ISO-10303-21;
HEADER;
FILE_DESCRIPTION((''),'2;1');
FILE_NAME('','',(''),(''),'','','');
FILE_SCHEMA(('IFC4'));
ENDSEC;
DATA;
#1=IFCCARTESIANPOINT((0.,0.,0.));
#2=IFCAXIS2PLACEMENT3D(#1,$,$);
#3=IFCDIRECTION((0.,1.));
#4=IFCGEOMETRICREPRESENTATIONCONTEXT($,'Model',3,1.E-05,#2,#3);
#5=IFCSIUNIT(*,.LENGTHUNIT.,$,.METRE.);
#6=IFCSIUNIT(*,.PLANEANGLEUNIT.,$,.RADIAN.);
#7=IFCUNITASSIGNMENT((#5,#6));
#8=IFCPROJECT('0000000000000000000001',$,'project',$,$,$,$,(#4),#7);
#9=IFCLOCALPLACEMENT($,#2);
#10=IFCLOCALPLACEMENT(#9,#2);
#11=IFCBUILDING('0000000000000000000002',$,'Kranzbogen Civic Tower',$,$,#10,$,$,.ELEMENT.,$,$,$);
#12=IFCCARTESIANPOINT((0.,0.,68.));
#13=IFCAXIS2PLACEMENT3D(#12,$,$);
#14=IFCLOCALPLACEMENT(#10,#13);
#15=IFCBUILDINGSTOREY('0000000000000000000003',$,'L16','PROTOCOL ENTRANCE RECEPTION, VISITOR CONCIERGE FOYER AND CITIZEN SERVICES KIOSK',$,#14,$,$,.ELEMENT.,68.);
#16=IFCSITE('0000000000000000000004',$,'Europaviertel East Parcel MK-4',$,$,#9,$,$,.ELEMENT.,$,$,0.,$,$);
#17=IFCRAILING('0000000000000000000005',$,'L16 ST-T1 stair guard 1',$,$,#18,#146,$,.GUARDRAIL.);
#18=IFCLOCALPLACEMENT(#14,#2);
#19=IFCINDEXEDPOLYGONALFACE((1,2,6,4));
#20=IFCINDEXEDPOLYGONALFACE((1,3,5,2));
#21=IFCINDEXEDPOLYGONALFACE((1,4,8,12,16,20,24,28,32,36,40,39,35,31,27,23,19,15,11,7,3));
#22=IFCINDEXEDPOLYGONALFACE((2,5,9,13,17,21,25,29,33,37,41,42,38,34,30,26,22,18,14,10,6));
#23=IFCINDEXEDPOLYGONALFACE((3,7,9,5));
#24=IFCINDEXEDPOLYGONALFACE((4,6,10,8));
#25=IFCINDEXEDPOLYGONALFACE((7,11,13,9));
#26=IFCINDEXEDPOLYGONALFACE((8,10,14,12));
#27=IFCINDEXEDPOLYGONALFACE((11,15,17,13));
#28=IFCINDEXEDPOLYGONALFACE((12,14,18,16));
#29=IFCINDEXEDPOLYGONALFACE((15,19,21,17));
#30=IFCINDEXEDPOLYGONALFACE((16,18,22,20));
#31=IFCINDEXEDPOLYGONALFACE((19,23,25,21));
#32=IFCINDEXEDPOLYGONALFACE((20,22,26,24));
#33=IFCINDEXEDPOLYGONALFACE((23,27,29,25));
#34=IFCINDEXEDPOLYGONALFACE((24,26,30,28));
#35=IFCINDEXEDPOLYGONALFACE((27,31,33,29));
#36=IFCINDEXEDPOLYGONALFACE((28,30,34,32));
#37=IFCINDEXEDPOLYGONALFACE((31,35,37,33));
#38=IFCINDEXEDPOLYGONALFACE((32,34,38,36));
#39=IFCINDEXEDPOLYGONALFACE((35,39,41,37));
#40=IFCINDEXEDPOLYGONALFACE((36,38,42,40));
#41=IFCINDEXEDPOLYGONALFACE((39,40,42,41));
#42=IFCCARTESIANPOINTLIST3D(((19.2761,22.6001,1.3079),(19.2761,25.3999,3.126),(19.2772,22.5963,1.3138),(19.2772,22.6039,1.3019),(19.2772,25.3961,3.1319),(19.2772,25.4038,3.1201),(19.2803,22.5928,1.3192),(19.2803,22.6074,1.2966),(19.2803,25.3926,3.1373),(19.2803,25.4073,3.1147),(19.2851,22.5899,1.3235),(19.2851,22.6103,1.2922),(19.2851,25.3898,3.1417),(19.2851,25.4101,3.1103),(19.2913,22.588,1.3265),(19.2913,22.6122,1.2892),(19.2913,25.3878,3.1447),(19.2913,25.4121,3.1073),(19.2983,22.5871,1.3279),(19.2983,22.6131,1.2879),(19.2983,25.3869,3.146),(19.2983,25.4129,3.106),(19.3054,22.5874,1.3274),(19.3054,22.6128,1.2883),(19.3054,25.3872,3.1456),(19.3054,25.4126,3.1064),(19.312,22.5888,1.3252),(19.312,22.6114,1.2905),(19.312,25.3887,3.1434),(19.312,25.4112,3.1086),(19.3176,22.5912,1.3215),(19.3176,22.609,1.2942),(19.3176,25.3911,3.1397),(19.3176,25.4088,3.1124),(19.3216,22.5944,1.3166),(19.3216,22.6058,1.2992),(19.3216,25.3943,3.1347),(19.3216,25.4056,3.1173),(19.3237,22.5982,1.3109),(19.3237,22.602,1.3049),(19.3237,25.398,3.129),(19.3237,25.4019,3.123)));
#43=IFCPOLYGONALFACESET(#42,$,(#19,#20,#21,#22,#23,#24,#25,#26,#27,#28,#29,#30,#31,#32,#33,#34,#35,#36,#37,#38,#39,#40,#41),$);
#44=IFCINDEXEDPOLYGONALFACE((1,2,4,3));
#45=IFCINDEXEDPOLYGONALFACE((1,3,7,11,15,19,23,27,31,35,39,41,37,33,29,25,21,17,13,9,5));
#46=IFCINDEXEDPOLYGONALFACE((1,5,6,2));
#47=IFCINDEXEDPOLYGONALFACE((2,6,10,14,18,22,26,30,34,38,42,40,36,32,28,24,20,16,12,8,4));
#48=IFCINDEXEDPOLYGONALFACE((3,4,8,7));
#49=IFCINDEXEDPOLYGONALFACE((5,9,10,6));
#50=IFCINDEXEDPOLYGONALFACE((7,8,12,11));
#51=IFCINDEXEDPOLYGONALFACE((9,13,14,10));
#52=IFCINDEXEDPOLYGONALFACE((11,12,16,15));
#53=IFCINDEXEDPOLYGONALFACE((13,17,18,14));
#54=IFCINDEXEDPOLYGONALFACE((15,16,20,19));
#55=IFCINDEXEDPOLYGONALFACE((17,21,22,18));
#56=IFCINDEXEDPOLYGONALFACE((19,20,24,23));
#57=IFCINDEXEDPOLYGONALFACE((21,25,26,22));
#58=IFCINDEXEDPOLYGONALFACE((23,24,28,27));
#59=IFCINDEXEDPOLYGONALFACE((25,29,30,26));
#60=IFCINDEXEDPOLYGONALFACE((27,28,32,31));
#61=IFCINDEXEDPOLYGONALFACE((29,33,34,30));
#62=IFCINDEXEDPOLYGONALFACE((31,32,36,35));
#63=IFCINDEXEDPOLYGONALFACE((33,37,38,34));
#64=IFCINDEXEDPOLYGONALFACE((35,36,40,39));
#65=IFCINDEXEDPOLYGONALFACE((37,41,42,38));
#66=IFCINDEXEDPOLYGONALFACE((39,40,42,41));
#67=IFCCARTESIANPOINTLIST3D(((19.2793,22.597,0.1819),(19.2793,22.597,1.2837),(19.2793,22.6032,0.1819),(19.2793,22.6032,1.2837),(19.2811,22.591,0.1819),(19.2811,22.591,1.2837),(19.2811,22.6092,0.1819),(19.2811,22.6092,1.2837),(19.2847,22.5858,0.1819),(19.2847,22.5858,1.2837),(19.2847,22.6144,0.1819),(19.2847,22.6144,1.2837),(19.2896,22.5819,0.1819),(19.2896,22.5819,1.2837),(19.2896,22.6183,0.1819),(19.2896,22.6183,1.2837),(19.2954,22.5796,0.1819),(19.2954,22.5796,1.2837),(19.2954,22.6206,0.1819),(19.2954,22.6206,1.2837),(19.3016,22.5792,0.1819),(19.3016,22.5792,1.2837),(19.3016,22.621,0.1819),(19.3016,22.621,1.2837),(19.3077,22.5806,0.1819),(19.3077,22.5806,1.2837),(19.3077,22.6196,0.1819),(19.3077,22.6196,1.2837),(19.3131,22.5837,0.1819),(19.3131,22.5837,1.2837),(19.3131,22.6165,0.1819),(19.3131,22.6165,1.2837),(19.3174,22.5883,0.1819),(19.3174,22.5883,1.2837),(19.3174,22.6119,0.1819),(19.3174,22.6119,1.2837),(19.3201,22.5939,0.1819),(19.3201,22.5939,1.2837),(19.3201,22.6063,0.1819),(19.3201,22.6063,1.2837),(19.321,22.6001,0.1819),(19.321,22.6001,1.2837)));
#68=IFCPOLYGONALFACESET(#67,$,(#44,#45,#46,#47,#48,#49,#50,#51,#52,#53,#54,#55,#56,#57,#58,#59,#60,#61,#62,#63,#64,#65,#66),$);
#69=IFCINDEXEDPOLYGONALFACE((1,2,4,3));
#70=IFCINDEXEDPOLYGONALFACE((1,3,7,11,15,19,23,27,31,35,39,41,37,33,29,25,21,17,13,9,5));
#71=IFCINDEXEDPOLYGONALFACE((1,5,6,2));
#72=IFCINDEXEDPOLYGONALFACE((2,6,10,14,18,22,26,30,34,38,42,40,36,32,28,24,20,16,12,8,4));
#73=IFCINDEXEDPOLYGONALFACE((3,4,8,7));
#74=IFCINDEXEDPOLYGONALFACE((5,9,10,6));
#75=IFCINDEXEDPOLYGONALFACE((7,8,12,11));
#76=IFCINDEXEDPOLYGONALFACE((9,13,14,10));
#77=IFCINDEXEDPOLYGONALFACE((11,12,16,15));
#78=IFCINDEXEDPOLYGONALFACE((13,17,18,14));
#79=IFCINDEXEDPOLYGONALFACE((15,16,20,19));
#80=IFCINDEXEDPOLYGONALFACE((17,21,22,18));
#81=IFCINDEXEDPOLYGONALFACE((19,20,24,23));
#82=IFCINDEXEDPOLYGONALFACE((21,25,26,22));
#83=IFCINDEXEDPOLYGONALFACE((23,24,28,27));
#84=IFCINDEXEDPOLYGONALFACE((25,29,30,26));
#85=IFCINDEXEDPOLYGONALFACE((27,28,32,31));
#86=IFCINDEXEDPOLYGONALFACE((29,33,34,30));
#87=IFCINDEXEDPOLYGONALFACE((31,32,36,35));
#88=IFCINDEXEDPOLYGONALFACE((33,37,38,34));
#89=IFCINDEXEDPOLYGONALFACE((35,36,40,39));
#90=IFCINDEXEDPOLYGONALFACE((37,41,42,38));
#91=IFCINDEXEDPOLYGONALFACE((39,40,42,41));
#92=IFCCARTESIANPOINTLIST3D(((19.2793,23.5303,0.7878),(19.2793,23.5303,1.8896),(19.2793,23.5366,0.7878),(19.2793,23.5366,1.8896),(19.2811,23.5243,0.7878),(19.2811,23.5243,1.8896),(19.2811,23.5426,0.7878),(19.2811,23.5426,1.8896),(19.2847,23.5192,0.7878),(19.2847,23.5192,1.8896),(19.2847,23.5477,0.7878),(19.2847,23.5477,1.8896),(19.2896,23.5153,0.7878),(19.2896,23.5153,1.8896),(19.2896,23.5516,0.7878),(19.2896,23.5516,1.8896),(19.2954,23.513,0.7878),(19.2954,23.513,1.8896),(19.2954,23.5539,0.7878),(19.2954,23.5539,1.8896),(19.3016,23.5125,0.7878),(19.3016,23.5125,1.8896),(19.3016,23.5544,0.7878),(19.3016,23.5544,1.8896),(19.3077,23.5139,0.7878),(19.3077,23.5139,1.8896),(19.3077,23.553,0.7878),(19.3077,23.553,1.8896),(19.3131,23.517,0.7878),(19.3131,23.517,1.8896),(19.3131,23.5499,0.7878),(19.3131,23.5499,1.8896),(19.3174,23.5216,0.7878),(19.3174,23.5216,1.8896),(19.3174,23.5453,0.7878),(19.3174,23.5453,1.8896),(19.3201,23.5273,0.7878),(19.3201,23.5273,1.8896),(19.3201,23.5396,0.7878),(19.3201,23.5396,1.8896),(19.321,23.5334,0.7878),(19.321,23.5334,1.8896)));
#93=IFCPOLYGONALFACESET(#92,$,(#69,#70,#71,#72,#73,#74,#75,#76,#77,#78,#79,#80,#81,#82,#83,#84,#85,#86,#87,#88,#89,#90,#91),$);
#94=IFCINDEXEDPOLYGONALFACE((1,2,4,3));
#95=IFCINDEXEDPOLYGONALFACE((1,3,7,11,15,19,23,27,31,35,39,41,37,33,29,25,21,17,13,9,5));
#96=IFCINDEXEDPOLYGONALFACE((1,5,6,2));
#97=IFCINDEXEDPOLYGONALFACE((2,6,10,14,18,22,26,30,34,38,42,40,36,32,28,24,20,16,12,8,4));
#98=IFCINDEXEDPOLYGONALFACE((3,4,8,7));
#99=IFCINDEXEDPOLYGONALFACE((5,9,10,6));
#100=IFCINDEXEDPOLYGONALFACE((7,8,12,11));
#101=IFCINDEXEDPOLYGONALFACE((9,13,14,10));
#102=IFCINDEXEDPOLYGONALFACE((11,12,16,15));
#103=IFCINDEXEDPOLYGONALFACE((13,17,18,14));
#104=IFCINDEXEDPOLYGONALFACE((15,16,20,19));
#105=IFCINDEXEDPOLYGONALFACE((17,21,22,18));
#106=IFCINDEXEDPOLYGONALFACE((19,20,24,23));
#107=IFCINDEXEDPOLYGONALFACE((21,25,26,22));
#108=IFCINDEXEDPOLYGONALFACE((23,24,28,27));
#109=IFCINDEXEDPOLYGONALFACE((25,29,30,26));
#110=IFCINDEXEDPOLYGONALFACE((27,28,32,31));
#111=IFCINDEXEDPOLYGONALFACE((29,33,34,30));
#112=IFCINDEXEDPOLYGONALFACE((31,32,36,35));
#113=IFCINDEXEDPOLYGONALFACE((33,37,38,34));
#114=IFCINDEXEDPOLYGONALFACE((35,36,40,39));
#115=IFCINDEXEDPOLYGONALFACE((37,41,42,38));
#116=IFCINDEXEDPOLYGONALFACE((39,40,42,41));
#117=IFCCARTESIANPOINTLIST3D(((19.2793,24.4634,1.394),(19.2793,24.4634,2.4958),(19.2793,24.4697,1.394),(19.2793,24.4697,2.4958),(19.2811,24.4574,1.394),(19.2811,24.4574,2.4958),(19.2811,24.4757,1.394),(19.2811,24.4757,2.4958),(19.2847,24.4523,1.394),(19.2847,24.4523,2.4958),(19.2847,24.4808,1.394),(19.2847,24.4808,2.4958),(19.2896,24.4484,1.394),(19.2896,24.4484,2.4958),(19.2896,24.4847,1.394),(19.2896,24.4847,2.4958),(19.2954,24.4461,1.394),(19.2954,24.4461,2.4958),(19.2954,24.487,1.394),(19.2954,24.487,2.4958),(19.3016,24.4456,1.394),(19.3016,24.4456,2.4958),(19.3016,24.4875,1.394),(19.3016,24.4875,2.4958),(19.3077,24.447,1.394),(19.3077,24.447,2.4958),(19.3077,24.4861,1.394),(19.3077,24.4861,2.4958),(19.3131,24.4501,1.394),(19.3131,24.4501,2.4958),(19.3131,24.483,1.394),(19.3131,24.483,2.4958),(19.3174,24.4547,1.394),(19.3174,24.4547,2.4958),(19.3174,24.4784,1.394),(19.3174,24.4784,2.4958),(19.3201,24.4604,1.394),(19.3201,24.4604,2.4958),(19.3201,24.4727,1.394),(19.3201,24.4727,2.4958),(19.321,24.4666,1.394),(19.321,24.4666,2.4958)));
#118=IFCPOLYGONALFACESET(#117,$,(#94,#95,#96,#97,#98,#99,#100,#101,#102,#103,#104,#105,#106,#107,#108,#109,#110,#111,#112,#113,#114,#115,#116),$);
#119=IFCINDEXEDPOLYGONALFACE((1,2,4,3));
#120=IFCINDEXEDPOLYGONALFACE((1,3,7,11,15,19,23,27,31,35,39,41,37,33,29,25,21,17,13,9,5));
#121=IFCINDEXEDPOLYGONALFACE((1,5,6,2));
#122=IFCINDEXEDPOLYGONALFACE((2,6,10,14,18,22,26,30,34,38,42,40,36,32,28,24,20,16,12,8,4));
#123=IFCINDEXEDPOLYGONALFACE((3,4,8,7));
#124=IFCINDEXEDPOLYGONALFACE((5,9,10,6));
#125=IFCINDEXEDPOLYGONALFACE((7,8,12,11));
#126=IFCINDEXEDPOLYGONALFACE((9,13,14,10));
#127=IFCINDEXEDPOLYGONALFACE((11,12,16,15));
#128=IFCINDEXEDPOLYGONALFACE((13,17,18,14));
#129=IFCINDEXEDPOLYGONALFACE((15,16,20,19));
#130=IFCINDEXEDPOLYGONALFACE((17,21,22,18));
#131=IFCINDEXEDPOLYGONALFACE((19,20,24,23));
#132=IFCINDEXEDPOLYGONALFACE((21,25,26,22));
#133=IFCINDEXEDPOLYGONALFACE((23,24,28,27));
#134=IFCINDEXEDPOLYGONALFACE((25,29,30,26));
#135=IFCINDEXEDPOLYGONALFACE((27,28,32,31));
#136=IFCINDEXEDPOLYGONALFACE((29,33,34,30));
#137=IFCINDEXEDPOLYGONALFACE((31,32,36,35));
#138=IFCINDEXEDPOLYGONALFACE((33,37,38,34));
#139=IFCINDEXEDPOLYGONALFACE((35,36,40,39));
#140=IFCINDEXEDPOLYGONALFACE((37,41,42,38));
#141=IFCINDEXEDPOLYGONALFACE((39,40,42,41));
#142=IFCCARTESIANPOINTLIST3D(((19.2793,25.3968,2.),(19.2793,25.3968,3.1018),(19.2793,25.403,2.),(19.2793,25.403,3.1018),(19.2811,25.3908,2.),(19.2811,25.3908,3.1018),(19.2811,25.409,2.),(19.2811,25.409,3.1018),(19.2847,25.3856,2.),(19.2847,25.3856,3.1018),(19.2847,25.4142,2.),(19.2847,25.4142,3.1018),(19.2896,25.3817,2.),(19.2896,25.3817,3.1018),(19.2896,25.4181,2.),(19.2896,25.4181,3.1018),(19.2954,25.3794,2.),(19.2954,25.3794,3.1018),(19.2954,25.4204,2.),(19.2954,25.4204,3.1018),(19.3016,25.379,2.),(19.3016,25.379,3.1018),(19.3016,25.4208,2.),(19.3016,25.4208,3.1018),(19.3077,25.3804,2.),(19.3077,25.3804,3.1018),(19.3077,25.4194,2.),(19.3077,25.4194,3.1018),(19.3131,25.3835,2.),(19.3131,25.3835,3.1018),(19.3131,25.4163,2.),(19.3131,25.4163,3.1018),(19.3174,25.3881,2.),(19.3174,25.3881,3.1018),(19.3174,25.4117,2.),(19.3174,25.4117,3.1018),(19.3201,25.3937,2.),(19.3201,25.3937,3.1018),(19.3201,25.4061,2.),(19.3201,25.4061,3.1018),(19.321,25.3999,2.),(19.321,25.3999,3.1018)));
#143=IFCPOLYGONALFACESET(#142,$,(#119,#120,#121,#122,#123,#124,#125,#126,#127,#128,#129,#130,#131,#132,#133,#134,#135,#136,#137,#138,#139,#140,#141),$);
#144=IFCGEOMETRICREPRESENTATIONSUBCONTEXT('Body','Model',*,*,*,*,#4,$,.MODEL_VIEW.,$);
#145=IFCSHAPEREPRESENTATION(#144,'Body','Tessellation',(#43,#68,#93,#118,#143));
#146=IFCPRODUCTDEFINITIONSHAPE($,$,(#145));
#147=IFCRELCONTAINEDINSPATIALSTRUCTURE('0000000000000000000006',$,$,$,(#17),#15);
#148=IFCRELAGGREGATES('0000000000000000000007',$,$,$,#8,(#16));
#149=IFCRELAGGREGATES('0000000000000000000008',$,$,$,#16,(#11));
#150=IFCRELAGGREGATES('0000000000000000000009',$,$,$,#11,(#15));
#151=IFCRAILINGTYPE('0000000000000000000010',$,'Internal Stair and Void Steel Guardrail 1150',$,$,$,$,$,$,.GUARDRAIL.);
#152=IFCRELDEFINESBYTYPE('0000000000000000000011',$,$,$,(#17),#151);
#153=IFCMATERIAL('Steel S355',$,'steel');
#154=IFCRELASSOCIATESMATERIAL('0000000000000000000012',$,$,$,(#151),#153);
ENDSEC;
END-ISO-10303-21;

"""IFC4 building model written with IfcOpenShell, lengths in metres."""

from ifc_helpers import new_model, si_unit, direction, frame, origin, origin_2d, place, context, subcontext, project, spatial, circle, extrude, material, type_object, element, save


model = new_model("IFC4")

# Units and contexts
model_context = context("Model", 3, precision=1e-05, world=origin(), true_north=direction((0.0, 1.0)))
body_context = subcontext(model_context, "Body", "Model", "MODEL_VIEW")
ifc_project = project(units=[si_unit("LENGTHUNIT", "METRE"), si_unit("PLANEANGLEUNIT", "RADIAN")], contexts=[model_context])

# Site, building, storey
site_placement = place(None, origin())
site = spatial("IfcSite", under=ifc_project, at=site_placement, Name="Europaviertel East Parcel MK-4", CompositionType="ELEMENT", RefElevation=0.0)
building_placement = place(site_placement, origin())
building = spatial("IfcBuilding", under=site, at=building_placement, Name="Kranzbogen Civic Tower", CompositionType="ELEMENT")
storey_placement = place(building_placement, frame((0.0, 0.0, 68.0)))
storey = spatial("IfcBuildingStorey", under=building, at=storey_placement, Name="L16", Description="PROTOCOL ENTRANCE RECEPTION, VISITOR CONCIERGE FOYER AND CITIZEN SERVICES KIOSK", CompositionType="ELEMENT", Elevation=68.0)

# Shared definitions
ifc_material_1 = material(Name="Steel S355", Category="steel")

# Railing
railing_type_1 = type_object("IfcRailingType", Name="Internal Stair and Void Steel Guardrail 1150", PredefinedType="GUARDRAIL", material=ifc_material_1)
railing_1_placement = place(storey_placement, frame((19.3, 22.6001, 0.1819)))
element("IfcRailing", 1, at=railing_1_placement, inside=storey, type_object=railing_type_1, Name="L16 ST-T1 stair guard 1", PredefinedType="GUARDRAIL", context=body_context, shape_type="SweptSolid", body=[
    extrude(circle(Radius=0.0239, at=origin_2d()), frame((0.0, 0.0, 1.126), z_axis=(0.0, 0.838684, 0.544618), x_axis=(-1.0, 0.0, 0.0)), (0.0, 0.0, 1.0), 3.3384),
    extrude(circle(Radius=0.021, at=origin_2d()), origin(), (0.0, 0.0, 1.0), 1.1018),
    extrude(circle(Radius=0.021, at=origin_2d()), frame((0.0, 0.9333, 0.606)), (0.0, 0.0, 1.0), 1.1018),
    extrude(circle(Radius=0.021, at=origin_2d()), frame((0.0, 1.8665, 1.2122)), (0.0, 0.0, 1.0), 1.1018),
    extrude(circle(Radius=0.021, at=origin_2d()), frame((0.0, 2.7998, 1.8181)), (0.0, 0.0, 1.0), 1.1018),
])

save(model, "model.ifc")
